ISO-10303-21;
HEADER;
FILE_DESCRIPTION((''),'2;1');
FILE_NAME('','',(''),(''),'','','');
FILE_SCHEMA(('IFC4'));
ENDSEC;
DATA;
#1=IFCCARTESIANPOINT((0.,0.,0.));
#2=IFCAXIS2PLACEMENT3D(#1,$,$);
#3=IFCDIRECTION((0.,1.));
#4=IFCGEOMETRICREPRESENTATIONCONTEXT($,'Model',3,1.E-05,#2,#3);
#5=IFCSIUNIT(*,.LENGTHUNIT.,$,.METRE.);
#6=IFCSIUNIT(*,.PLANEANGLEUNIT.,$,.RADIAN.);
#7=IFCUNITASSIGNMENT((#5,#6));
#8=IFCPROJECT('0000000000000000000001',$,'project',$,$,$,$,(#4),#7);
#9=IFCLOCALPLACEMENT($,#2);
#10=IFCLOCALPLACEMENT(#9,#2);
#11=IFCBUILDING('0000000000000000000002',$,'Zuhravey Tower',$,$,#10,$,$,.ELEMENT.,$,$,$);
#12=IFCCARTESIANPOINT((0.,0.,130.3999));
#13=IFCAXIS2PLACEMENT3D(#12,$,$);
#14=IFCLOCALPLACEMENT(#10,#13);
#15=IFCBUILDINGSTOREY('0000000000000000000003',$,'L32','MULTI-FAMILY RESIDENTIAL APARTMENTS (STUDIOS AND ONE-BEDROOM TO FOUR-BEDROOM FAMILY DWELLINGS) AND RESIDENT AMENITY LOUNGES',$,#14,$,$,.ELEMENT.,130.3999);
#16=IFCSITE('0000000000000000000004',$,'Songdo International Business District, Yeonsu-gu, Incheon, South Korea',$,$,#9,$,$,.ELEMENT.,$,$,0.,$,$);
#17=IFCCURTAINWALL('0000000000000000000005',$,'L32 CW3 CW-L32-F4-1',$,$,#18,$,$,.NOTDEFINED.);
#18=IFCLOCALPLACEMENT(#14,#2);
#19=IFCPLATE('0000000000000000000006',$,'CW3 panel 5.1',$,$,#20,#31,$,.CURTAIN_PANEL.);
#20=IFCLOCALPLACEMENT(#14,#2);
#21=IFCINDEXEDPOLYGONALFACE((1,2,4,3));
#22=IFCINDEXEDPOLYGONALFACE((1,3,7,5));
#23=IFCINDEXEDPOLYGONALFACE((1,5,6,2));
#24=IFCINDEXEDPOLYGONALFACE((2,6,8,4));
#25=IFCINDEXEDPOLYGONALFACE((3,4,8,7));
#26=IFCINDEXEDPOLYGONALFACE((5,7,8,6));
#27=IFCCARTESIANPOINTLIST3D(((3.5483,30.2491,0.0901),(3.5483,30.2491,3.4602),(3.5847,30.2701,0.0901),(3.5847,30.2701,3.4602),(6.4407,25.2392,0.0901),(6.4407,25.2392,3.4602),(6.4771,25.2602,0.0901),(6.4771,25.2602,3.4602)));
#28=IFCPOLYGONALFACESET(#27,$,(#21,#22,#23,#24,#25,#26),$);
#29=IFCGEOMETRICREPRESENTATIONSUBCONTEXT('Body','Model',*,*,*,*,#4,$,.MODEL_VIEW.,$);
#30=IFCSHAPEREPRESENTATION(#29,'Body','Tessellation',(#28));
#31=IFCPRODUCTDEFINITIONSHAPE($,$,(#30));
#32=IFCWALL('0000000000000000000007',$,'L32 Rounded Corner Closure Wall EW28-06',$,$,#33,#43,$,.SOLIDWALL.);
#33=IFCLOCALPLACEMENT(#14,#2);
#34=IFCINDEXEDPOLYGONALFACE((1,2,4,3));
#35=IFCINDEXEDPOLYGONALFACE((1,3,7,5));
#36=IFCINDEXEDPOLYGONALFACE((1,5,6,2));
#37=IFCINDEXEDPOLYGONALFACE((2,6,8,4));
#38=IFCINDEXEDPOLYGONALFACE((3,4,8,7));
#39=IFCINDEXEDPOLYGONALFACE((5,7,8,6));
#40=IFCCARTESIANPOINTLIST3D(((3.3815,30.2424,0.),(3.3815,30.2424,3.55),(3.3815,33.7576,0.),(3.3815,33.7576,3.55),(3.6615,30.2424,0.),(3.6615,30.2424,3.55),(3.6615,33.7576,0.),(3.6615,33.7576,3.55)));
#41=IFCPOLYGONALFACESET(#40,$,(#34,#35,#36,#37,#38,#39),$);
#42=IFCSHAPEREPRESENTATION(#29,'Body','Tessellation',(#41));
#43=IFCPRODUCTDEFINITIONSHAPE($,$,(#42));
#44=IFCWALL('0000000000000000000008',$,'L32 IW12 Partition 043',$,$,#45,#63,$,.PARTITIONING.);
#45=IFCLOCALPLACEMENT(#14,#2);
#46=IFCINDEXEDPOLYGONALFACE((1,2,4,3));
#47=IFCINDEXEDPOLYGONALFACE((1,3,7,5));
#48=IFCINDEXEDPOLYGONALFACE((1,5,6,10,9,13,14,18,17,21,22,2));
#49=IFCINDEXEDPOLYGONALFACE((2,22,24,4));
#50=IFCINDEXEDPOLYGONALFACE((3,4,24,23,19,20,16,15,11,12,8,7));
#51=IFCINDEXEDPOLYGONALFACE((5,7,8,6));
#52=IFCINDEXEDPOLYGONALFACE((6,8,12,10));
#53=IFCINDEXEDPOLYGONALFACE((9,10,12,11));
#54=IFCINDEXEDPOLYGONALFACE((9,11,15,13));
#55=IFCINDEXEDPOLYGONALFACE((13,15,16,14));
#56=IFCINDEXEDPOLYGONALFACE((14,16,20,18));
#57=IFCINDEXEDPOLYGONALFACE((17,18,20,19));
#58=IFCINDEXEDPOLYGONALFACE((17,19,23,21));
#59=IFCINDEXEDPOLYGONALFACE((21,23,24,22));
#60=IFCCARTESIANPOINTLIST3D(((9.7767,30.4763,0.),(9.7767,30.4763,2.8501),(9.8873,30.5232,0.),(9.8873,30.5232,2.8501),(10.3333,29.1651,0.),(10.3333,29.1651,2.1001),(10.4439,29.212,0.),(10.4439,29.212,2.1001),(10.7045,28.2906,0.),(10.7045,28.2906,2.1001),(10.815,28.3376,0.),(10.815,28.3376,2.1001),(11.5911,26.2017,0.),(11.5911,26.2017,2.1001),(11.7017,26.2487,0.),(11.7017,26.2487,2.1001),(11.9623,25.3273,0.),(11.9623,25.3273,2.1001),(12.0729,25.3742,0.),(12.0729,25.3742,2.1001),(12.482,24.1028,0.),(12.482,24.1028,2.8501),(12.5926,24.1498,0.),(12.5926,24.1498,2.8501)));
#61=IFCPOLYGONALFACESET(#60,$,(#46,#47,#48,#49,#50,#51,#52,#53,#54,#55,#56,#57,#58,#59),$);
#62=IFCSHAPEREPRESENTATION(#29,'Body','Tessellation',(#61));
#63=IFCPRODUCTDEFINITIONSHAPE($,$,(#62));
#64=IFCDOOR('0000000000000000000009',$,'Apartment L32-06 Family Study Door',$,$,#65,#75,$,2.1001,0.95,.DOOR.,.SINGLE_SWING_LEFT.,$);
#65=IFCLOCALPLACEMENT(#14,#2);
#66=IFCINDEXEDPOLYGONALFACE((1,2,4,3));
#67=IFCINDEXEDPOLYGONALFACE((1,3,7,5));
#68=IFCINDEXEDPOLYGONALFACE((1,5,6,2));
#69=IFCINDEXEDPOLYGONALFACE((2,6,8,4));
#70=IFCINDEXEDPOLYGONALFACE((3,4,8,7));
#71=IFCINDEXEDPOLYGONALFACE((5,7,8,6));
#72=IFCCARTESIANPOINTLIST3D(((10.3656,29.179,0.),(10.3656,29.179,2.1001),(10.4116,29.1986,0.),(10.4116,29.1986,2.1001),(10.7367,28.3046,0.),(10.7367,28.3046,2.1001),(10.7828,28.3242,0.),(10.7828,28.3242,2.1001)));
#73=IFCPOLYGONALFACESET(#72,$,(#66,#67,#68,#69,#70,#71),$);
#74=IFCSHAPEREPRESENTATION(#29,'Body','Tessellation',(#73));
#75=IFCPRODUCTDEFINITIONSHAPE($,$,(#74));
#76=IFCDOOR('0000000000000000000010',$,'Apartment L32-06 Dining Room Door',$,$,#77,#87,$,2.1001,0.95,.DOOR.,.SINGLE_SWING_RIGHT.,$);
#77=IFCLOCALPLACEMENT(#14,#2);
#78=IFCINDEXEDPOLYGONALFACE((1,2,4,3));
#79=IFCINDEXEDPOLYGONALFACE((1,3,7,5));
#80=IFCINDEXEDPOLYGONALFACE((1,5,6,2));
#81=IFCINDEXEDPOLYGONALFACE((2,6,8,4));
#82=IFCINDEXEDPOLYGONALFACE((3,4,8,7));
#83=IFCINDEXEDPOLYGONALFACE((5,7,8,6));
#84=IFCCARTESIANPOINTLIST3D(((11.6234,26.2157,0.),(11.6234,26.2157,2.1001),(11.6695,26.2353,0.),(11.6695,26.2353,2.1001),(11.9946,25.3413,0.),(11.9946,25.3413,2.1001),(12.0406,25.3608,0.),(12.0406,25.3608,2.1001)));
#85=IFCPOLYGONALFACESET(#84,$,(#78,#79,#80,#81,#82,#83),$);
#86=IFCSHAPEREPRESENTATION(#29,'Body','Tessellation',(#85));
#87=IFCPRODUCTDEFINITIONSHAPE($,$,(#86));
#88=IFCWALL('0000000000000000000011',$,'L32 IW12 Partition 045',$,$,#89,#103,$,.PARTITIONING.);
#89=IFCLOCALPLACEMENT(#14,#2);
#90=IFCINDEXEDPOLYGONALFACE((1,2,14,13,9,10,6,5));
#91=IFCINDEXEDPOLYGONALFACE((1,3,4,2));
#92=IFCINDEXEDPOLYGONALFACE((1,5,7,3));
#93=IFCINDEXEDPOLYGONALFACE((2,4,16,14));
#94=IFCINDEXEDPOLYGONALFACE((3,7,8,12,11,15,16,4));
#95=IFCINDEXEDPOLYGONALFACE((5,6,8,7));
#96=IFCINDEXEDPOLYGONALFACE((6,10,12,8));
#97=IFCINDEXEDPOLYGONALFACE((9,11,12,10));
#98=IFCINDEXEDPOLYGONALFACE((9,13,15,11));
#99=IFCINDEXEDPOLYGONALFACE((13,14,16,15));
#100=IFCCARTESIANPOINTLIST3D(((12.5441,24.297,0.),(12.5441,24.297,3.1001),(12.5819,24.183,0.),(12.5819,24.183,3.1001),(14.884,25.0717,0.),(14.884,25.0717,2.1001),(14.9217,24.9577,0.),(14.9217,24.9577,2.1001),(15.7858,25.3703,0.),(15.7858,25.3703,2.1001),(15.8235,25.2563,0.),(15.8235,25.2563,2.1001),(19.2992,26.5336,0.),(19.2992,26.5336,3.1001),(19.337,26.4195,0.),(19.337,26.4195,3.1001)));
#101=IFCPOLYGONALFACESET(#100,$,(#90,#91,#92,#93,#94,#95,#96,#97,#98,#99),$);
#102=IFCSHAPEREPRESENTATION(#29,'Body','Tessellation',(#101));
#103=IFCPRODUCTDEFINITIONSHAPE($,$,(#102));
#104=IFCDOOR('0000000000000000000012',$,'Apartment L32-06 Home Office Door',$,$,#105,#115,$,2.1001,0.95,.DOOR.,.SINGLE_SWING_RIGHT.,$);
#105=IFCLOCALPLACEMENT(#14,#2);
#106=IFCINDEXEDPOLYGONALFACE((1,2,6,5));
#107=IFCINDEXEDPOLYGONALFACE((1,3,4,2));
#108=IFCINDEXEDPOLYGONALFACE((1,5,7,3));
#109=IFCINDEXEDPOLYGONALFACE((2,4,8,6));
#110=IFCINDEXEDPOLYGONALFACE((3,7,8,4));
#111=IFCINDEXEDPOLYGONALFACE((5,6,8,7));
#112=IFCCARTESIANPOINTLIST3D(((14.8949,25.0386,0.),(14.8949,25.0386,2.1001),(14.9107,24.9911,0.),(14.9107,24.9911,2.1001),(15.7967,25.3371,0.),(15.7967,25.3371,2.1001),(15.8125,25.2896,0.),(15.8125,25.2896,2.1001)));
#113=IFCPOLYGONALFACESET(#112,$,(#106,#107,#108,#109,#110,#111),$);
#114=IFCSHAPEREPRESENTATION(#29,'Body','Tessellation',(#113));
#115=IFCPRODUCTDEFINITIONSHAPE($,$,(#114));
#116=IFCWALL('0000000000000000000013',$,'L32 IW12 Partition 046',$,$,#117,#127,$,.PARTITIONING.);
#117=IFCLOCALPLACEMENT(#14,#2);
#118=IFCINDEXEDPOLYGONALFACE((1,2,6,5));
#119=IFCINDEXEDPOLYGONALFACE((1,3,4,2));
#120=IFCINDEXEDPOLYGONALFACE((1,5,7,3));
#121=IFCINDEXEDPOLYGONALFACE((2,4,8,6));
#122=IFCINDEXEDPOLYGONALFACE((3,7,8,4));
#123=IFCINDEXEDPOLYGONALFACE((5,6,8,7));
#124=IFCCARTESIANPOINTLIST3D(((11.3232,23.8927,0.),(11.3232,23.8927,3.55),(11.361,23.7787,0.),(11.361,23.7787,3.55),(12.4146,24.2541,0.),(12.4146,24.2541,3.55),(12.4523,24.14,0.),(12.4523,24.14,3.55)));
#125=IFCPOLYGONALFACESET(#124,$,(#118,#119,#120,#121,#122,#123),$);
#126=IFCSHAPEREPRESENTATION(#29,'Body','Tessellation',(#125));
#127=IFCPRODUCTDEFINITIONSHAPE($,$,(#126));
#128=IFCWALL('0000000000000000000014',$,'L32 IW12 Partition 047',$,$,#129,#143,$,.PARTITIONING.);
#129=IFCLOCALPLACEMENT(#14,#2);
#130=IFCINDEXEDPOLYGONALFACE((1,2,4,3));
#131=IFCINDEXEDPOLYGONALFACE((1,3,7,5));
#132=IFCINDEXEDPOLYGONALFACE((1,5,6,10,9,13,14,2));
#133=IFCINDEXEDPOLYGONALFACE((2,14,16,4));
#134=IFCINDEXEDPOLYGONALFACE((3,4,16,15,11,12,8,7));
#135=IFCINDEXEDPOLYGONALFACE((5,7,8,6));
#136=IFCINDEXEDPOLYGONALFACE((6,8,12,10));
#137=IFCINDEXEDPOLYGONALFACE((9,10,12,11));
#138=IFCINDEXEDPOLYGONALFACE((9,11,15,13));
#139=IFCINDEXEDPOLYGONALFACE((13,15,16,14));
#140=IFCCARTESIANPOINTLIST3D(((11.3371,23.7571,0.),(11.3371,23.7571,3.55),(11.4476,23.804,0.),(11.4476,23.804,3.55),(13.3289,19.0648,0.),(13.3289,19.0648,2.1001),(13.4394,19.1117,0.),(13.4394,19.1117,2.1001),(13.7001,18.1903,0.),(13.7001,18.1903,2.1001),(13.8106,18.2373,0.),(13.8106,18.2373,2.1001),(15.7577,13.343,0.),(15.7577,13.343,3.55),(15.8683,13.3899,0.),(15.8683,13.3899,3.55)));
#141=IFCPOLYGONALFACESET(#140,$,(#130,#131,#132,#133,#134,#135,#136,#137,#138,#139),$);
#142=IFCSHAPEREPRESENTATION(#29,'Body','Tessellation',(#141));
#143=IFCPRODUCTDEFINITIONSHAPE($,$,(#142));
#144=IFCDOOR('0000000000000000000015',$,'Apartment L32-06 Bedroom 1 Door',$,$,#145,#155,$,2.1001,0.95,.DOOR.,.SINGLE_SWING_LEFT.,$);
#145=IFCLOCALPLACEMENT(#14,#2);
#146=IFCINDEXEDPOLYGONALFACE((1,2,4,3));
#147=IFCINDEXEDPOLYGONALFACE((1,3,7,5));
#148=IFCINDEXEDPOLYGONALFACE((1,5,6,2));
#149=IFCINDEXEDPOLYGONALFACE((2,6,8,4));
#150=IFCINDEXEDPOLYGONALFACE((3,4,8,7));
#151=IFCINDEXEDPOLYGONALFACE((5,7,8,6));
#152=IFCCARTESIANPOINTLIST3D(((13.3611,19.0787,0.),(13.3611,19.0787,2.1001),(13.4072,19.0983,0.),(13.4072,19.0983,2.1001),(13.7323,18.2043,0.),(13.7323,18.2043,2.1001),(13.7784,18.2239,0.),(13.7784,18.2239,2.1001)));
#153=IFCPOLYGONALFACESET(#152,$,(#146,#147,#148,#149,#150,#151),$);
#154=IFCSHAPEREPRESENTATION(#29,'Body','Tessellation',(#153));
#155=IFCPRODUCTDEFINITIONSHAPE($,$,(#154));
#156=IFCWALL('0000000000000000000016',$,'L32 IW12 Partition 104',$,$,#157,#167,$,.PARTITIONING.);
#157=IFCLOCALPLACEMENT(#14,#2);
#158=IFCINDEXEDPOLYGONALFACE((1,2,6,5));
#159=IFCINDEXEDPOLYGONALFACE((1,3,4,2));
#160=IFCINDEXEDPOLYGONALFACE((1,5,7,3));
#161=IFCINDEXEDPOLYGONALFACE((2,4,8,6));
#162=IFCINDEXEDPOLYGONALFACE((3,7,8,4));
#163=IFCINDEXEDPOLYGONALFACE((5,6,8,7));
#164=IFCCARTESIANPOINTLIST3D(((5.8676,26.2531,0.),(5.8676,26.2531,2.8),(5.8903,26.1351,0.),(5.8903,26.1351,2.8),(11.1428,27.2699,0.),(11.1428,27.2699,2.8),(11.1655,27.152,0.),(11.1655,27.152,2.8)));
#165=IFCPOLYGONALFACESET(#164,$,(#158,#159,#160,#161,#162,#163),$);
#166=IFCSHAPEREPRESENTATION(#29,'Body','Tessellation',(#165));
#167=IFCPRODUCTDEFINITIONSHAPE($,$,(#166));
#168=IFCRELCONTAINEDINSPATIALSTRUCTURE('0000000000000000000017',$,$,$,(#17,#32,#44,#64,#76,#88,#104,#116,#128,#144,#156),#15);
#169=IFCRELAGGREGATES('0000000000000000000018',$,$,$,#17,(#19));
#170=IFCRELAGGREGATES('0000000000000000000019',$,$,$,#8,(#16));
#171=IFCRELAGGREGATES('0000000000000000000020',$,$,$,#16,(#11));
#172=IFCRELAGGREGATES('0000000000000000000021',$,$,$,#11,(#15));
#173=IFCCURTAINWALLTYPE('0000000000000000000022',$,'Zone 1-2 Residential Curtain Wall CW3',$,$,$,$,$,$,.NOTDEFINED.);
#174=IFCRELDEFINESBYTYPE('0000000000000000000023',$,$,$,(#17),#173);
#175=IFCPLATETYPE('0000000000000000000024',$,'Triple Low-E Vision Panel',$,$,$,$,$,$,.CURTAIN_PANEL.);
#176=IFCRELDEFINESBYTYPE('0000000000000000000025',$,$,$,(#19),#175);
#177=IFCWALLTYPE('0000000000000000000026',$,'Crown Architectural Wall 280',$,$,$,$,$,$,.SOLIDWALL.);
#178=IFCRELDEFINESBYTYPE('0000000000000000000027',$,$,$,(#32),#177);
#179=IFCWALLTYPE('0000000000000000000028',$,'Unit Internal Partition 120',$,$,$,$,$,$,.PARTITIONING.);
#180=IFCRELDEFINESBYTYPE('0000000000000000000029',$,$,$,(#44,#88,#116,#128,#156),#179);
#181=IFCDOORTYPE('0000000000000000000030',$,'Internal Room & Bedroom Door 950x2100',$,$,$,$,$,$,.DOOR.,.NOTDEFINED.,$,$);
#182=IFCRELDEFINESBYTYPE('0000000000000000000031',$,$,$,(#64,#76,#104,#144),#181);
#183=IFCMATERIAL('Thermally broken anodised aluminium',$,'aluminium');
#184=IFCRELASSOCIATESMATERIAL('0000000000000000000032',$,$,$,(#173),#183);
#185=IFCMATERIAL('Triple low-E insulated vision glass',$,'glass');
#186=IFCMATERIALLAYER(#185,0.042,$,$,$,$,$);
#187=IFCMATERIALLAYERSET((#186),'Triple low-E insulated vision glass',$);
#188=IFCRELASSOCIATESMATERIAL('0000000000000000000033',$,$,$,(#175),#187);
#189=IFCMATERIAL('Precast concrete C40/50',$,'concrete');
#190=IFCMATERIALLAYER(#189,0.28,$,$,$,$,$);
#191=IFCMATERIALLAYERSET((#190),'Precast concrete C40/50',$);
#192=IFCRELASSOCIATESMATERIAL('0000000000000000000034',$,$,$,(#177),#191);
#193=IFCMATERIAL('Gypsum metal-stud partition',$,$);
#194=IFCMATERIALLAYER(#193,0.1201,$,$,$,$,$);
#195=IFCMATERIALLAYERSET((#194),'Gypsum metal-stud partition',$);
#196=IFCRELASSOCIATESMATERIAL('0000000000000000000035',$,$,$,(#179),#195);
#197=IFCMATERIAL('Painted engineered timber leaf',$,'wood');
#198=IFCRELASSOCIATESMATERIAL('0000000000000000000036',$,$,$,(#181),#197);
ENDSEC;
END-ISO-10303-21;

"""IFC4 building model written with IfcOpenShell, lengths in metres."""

from ifc_helpers import new_model, si_unit, direction, frame, frame_2d, origin, origin_2d, place, context, subcontext, project, spatial, rectangle, extrude, material, layer, layer_set, type_object, element, fill, aggregate, save


model = new_model("IFC4")

# Units and contexts
model_context = context("Model", 3, precision=1e-05, world=origin(), true_north=direction((0.0, 1.0)))
body_context = subcontext(model_context, "Body", "Model", "MODEL_VIEW")
ifc_project = project(units=[si_unit("LENGTHUNIT", "METRE"), si_unit("PLANEANGLEUNIT", "RADIAN")], contexts=[model_context])

# Site, building, storey
site_placement = place(None, origin())
site = spatial("IfcSite", under=ifc_project, at=site_placement, Name="Songdo International Business District, Yeonsu-gu, Incheon, South Korea", CompositionType="ELEMENT", RefElevation=0.0)
building_placement = place(site_placement, origin())
building = spatial("IfcBuilding", under=site, at=building_placement, Name="Zuhravey Tower", CompositionType="ELEMENT")
storey_placement = place(building_placement, frame((0.0, 0.0, 130.3999)))
storey = spatial("IfcBuildingStorey", under=building, at=storey_placement, Name="L32", Description="MULTI-FAMILY RESIDENTIAL APARTMENTS (STUDIOS AND ONE-BEDROOM TO FOUR-BEDROOM FAMILY DWELLINGS) AND RESIDENT AMENITY LOUNGES", CompositionType="ELEMENT", Elevation=130.3999)

# Curtain wall
ifc_material_1 = material(Name="Thermally broken anodised aluminium", Category="aluminium")
curtain_wall_type = type_object("IfcCurtainWallType", Name="Zone 1-2 Residential Curtain Wall CW3", PredefinedType="NOTDEFINED", material=ifc_material_1)
curtain_wall_placement = place(storey_placement, origin())
curtain_wall = element("IfcCurtainWall", 1, at=curtain_wall_placement, inside=storey, type_object=curtain_wall_type, Name="L32 CW3 CW-L32-F4-1", PredefinedType="NOTDEFINED")

# Plate
ifc_material_2 = material(Name="Triple low-E insulated vision glass", Category="glass")
ifc_layer_1 = layer(ifc_material_2, 0.042)
ifc_layer_set_1 = layer_set([ifc_layer_1], Name="Triple low-E insulated vision glass")
plate_type_1 = type_object("IfcPlateType", Name="Triple Low-E Vision Panel", PredefinedType="CURTAIN_PANEL", material=ifc_layer_set_1)
plate_1_placement = place(storey_placement, frame((5.0127, 27.7546, 0.0901), z_axis=(0.0, 0.0, 1.0), x_axis=(-0.5, 0.866026, 0.0)))
plate_1 = element("IfcPlate", 2, at=plate_1_placement, type_object=plate_type_1, Name="CW3 panel 5.1", PredefinedType="CURTAIN_PANEL", context=body_context, shape_type="SweptSolid", body=[
    extrude(rectangle(XDim=5.7849, YDim=0.042, at=origin_2d()), origin(), (0.0, 0.0, 1.0), 3.3701),
])
aggregate(curtain_wall, [plate_1])

# Wall
ifc_material_3 = material(Name="Precast concrete C40/50", Category="concrete")
ifc_layer_2 = layer(ifc_material_3, 0.28)
ifc_layer_set_2 = layer_set([ifc_layer_2], Name="Precast concrete C40/50")
wall_type_1 = type_object("IfcWallType", Name="Crown Architectural Wall 280", PredefinedType="SOLIDWALL", material=ifc_layer_set_2)
wall_1_placement = place(storey_placement, frame((3.5215, 30.2424, 0.0), z_axis=(0.0, 0.0, 1.0), x_axis=(0.0, 1.0, 0.0)))
element("IfcWall", 3, at=wall_1_placement, inside=storey, type_object=wall_type_1, Name="L32 Rounded Corner Closure Wall EW28-06", PredefinedType="SOLIDWALL", context=body_context, shape_type="SweptSolid", body=[
    extrude(rectangle(XDim=3.5151, YDim=0.28, at=frame_2d((1.7576, 0.0))), origin(), (0.0, 0.0, 1.0), 3.55),
])

# Wall, openings, doors
ifc_material_4 = material(Name="Gypsum metal-stud partition")
ifc_layer_3 = layer(ifc_material_4, 0.1201)
ifc_layer_set_3 = layer_set([ifc_layer_3], Name="Gypsum metal-stud partition")
wall_type_2 = type_object("IfcWallType", Name="Unit Internal Partition 120", PredefinedType="PARTITIONING", material=ifc_layer_set_3)
wall_2_placement = place(storey_placement, frame((9.832, 30.4998, 0.0), z_axis=(0.0, 0.0, 1.0), x_axis=(0.390721, -0.920509, 0.0)))
wall_2 = element("IfcWall", 4, at=wall_2_placement, inside=storey, type_object=wall_type_2, Name="L32 IW12 Partition 043", PredefinedType="PARTITIONING", context=body_context, shape_type="SweptSolid", body=[
    extrude(rectangle(XDim=6.9238, YDim=0.1201, at=frame_2d((3.4619, 0.0))), origin(), (0.0, 0.0, 1.0), 2.8501),
])
opening_1_placement = place(wall_2_placement, frame((1.4243, 0.0, 0.0)))
opening_1 = element("IfcOpeningElement", 5, at=opening_1_placement, cuts=wall_2, PredefinedType="OPENING", context=body_context, shape_type="SweptSolid", body=[
    extrude(rectangle(XDim=0.95, YDim=2.1001, at=frame_2d((0.4751, 1.05))), frame((0.0, 0.072, 0.0), z_axis=(0.0, -1.0, 0.0), x_axis=(1.0, 0.0, 0.0)), (0.0, 0.0, 1.0), 0.144),
])
opening_2_placement = place(wall_2_placement, frame((4.6436, 0.0, 0.0)))
opening_2 = element("IfcOpeningElement", 6, at=opening_2_placement, cuts=wall_2, PredefinedType="OPENING", context=body_context, shape_type="SweptSolid", body=[
    extrude(rectangle(XDim=0.95, YDim=2.1001, at=frame_2d((0.4751, 1.05))), frame((0.0, 0.072, 0.0), z_axis=(0.0, -1.0, 0.0), x_axis=(1.0, 0.0, 0.0)), (0.0, 0.0, 1.0), 0.144),
])
ifc_material_5 = material(Name="Painted engineered timber leaf", Category="wood")
door_type = type_object("IfcDoorType", Name="Internal Room & Bedroom Door 950x2100", OperationType="NOTDEFINED", PredefinedType="DOOR", material=ifc_material_5)
door_1_placement = place(opening_1_placement, frame((0.95, 0.0, 0.0), z_axis=(0.0, 0.0, 1.0), x_axis=(-1.0, 0.0, 0.0)))
door_1 = element("IfcDoor", 7, at=door_1_placement, inside=storey, type_object=door_type, Name="Apartment L32-06 Family Study Door", OperationType="SINGLE_SWING_LEFT", OverallHeight=2.1001, OverallWidth=0.95, PredefinedType="DOOR", context=body_context, shape_type="SweptSolid", body=[
    extrude(rectangle(XDim=0.95, YDim=2.1001, at=frame_2d((0.4751, 1.05))), frame((0.0, 0.0249, 0.0), z_axis=(0.0, -1.0, 0.0), x_axis=(1.0, 0.0, 0.0)), (0.0, 0.0, 1.0), 0.05),
])
fill(opening_1, door_1)
door_2_placement = place(opening_2_placement, frame((0.95, 0.0, 0.0), z_axis=(0.0, 0.0, 1.0), x_axis=(-1.0, 0.0, 0.0)))
door_2 = element("IfcDoor", 8, at=door_2_placement, inside=storey, type_object=door_type, Name="Apartment L32-06 Dining Room Door", OperationType="SINGLE_SWING_RIGHT", OverallHeight=2.1001, OverallWidth=0.95, PredefinedType="DOOR", context=body_context, shape_type="SweptSolid", body=[
    extrude(rectangle(XDim=0.95, YDim=2.1001, at=frame_2d((0.4751, 1.05))), frame((0.0, 0.0249, 0.0), z_axis=(0.0, -1.0, 0.0), x_axis=(1.0, 0.0, 0.0)), (0.0, 0.0, 1.0), 0.05),
])
fill(opening_2, door_2)

# Wall, opening, door
wall_3_placement = place(storey_placement, frame((19.3181, 26.4766, 0.0), z_axis=(0.0, 0.0, 1.0), x_axis=(-0.94932, -0.314313, 0.0)))
wall_3 = element("IfcWall", 9, at=wall_3_placement, inside=storey, type_object=wall_type_2, Name="L32 IW12 Partition 045", PredefinedType="PARTITIONING", context=body_context, shape_type="SweptSolid", body=[
    extrude(rectangle(XDim=7.1157, YDim=0.1201, at=frame_2d((3.5579, 0.0))), origin(), (0.0, 0.0, 1.0), 3.1001),
])
opening_3_placement = place(wall_3_placement, frame((3.7009, 0.0, 0.0)))
opening_3 = element("IfcOpeningElement", 10, at=opening_3_placement, cuts=wall_3, PredefinedType="OPENING", context=body_context, shape_type="SweptSolid", body=[
    extrude(rectangle(XDim=0.95, YDim=2.1001, at=frame_2d((0.4751, 1.05))), frame((0.0, 0.072, 0.0), z_axis=(0.0, -1.0, 0.0), x_axis=(1.0, 0.0, 0.0)), (0.0, 0.0, 1.0), 0.144),
])
door_3_placement = place(opening_3_placement, origin())
door_3 = element("IfcDoor", 11, at=door_3_placement, inside=storey, type_object=door_type, Name="Apartment L32-06 Home Office Door", OperationType="SINGLE_SWING_RIGHT", OverallHeight=2.1001, OverallWidth=0.95, PredefinedType="DOOR", context=body_context, shape_type="SweptSolid", body=[
    extrude(rectangle(XDim=0.95, YDim=2.1001, at=frame_2d((0.4751, 1.05))), frame((0.0, 0.0249, 0.0), z_axis=(0.0, -1.0, 0.0), x_axis=(1.0, 0.0, 0.0)), (0.0, 0.0, 1.0), 0.05),
])
fill(opening_3, door_3)

# Wall
wall_4_placement = place(storey_placement, frame((12.4333, 24.197, 0.0), z_axis=(0.0, 0.0, 1.0), x_axis=(-0.949318, -0.314316, 0.0)))
element("IfcWall", 12, at=wall_4_placement, inside=storey, type_object=wall_type_2, Name="L32 IW12 Partition 046", PredefinedType="PARTITIONING", context=body_context, shape_type="SweptSolid", body=[
    extrude(rectangle(XDim=1.1497, YDim=0.1201, at=frame_2d((0.5747, 0.0))), origin(), (0.0, 0.0, 1.0), 3.55),
])

# Wall, opening, door
wall_5_placement = place(storey_placement, frame((11.3923, 23.7805, 0.0), z_axis=(0.0, 0.0, 1.0), x_axis=(0.390742, -0.9205, 0.0)))
wall_5 = element("IfcWall", 13, at=wall_5_placement, inside=storey, type_object=wall_type_2, Name="L32 IW12 Partition 047", PredefinedType="PARTITIONING", context=body_context, shape_type="SweptSolid", body=[
    extrude(rectangle(XDim=11.3135, YDim=0.1201, at=frame_2d((5.6567, 0.0))), origin(), (0.0, 0.0, 1.0), 3.55),
])
opening_4_placement = place(wall_5_placement, frame((5.0974, 0.0, 0.0)))
opening_4 = element("IfcOpeningElement", 14, at=opening_4_placement, cuts=wall_5, PredefinedType="OPENING", context=body_context, shape_type="SweptSolid", body=[
    extrude(rectangle(XDim=0.95, YDim=2.1001, at=frame_2d((0.4751, 1.05))), frame((0.0, 0.072, 0.0), z_axis=(0.0, -1.0, 0.0), x_axis=(1.0, 0.0, 0.0)), (0.0, 0.0, 1.0), 0.144),
])
door_4_placement = place(opening_4_placement, frame((0.95, 0.0, 0.0), z_axis=(0.0, 0.0, 1.0), x_axis=(-1.0, 0.0, 0.0)))
door_4 = element("IfcDoor", 15, at=door_4_placement, inside=storey, type_object=door_type, Name="Apartment L32-06 Bedroom 1 Door", OperationType="SINGLE_SWING_LEFT", OverallHeight=2.1001, OverallWidth=0.95, PredefinedType="DOOR", context=body_context, shape_type="SweptSolid", body=[
    extrude(rectangle(XDim=0.95, YDim=2.1001, at=frame_2d((0.4751, 1.05))), frame((0.0, 0.0249, 0.0), z_axis=(0.0, -1.0, 0.0), x_axis=(1.0, 0.0, 0.0)), (0.0, 0.0, 1.0), 0.05),
])
fill(opening_4, door_4)

# Wall
wall_6_placement = place(storey_placement, frame((11.1541, 27.2109, 0.0), z_axis=(0.0, 0.0, 1.0), x_axis=(-0.981924, -0.189277, 0.0)))
element("IfcWall", 16, at=wall_6_placement, inside=storey, type_object=wall_type_2, Name="L32 IW12 Partition 104", PredefinedType="PARTITIONING", context=body_context, shape_type="SweptSolid", body=[
    extrude(rectangle(XDim=5.3723, YDim=0.1201, at=frame_2d((2.686, 0.0))), origin(), (0.0, 0.0, 1.0), 2.8),
])

save(model, "model.ifc")
